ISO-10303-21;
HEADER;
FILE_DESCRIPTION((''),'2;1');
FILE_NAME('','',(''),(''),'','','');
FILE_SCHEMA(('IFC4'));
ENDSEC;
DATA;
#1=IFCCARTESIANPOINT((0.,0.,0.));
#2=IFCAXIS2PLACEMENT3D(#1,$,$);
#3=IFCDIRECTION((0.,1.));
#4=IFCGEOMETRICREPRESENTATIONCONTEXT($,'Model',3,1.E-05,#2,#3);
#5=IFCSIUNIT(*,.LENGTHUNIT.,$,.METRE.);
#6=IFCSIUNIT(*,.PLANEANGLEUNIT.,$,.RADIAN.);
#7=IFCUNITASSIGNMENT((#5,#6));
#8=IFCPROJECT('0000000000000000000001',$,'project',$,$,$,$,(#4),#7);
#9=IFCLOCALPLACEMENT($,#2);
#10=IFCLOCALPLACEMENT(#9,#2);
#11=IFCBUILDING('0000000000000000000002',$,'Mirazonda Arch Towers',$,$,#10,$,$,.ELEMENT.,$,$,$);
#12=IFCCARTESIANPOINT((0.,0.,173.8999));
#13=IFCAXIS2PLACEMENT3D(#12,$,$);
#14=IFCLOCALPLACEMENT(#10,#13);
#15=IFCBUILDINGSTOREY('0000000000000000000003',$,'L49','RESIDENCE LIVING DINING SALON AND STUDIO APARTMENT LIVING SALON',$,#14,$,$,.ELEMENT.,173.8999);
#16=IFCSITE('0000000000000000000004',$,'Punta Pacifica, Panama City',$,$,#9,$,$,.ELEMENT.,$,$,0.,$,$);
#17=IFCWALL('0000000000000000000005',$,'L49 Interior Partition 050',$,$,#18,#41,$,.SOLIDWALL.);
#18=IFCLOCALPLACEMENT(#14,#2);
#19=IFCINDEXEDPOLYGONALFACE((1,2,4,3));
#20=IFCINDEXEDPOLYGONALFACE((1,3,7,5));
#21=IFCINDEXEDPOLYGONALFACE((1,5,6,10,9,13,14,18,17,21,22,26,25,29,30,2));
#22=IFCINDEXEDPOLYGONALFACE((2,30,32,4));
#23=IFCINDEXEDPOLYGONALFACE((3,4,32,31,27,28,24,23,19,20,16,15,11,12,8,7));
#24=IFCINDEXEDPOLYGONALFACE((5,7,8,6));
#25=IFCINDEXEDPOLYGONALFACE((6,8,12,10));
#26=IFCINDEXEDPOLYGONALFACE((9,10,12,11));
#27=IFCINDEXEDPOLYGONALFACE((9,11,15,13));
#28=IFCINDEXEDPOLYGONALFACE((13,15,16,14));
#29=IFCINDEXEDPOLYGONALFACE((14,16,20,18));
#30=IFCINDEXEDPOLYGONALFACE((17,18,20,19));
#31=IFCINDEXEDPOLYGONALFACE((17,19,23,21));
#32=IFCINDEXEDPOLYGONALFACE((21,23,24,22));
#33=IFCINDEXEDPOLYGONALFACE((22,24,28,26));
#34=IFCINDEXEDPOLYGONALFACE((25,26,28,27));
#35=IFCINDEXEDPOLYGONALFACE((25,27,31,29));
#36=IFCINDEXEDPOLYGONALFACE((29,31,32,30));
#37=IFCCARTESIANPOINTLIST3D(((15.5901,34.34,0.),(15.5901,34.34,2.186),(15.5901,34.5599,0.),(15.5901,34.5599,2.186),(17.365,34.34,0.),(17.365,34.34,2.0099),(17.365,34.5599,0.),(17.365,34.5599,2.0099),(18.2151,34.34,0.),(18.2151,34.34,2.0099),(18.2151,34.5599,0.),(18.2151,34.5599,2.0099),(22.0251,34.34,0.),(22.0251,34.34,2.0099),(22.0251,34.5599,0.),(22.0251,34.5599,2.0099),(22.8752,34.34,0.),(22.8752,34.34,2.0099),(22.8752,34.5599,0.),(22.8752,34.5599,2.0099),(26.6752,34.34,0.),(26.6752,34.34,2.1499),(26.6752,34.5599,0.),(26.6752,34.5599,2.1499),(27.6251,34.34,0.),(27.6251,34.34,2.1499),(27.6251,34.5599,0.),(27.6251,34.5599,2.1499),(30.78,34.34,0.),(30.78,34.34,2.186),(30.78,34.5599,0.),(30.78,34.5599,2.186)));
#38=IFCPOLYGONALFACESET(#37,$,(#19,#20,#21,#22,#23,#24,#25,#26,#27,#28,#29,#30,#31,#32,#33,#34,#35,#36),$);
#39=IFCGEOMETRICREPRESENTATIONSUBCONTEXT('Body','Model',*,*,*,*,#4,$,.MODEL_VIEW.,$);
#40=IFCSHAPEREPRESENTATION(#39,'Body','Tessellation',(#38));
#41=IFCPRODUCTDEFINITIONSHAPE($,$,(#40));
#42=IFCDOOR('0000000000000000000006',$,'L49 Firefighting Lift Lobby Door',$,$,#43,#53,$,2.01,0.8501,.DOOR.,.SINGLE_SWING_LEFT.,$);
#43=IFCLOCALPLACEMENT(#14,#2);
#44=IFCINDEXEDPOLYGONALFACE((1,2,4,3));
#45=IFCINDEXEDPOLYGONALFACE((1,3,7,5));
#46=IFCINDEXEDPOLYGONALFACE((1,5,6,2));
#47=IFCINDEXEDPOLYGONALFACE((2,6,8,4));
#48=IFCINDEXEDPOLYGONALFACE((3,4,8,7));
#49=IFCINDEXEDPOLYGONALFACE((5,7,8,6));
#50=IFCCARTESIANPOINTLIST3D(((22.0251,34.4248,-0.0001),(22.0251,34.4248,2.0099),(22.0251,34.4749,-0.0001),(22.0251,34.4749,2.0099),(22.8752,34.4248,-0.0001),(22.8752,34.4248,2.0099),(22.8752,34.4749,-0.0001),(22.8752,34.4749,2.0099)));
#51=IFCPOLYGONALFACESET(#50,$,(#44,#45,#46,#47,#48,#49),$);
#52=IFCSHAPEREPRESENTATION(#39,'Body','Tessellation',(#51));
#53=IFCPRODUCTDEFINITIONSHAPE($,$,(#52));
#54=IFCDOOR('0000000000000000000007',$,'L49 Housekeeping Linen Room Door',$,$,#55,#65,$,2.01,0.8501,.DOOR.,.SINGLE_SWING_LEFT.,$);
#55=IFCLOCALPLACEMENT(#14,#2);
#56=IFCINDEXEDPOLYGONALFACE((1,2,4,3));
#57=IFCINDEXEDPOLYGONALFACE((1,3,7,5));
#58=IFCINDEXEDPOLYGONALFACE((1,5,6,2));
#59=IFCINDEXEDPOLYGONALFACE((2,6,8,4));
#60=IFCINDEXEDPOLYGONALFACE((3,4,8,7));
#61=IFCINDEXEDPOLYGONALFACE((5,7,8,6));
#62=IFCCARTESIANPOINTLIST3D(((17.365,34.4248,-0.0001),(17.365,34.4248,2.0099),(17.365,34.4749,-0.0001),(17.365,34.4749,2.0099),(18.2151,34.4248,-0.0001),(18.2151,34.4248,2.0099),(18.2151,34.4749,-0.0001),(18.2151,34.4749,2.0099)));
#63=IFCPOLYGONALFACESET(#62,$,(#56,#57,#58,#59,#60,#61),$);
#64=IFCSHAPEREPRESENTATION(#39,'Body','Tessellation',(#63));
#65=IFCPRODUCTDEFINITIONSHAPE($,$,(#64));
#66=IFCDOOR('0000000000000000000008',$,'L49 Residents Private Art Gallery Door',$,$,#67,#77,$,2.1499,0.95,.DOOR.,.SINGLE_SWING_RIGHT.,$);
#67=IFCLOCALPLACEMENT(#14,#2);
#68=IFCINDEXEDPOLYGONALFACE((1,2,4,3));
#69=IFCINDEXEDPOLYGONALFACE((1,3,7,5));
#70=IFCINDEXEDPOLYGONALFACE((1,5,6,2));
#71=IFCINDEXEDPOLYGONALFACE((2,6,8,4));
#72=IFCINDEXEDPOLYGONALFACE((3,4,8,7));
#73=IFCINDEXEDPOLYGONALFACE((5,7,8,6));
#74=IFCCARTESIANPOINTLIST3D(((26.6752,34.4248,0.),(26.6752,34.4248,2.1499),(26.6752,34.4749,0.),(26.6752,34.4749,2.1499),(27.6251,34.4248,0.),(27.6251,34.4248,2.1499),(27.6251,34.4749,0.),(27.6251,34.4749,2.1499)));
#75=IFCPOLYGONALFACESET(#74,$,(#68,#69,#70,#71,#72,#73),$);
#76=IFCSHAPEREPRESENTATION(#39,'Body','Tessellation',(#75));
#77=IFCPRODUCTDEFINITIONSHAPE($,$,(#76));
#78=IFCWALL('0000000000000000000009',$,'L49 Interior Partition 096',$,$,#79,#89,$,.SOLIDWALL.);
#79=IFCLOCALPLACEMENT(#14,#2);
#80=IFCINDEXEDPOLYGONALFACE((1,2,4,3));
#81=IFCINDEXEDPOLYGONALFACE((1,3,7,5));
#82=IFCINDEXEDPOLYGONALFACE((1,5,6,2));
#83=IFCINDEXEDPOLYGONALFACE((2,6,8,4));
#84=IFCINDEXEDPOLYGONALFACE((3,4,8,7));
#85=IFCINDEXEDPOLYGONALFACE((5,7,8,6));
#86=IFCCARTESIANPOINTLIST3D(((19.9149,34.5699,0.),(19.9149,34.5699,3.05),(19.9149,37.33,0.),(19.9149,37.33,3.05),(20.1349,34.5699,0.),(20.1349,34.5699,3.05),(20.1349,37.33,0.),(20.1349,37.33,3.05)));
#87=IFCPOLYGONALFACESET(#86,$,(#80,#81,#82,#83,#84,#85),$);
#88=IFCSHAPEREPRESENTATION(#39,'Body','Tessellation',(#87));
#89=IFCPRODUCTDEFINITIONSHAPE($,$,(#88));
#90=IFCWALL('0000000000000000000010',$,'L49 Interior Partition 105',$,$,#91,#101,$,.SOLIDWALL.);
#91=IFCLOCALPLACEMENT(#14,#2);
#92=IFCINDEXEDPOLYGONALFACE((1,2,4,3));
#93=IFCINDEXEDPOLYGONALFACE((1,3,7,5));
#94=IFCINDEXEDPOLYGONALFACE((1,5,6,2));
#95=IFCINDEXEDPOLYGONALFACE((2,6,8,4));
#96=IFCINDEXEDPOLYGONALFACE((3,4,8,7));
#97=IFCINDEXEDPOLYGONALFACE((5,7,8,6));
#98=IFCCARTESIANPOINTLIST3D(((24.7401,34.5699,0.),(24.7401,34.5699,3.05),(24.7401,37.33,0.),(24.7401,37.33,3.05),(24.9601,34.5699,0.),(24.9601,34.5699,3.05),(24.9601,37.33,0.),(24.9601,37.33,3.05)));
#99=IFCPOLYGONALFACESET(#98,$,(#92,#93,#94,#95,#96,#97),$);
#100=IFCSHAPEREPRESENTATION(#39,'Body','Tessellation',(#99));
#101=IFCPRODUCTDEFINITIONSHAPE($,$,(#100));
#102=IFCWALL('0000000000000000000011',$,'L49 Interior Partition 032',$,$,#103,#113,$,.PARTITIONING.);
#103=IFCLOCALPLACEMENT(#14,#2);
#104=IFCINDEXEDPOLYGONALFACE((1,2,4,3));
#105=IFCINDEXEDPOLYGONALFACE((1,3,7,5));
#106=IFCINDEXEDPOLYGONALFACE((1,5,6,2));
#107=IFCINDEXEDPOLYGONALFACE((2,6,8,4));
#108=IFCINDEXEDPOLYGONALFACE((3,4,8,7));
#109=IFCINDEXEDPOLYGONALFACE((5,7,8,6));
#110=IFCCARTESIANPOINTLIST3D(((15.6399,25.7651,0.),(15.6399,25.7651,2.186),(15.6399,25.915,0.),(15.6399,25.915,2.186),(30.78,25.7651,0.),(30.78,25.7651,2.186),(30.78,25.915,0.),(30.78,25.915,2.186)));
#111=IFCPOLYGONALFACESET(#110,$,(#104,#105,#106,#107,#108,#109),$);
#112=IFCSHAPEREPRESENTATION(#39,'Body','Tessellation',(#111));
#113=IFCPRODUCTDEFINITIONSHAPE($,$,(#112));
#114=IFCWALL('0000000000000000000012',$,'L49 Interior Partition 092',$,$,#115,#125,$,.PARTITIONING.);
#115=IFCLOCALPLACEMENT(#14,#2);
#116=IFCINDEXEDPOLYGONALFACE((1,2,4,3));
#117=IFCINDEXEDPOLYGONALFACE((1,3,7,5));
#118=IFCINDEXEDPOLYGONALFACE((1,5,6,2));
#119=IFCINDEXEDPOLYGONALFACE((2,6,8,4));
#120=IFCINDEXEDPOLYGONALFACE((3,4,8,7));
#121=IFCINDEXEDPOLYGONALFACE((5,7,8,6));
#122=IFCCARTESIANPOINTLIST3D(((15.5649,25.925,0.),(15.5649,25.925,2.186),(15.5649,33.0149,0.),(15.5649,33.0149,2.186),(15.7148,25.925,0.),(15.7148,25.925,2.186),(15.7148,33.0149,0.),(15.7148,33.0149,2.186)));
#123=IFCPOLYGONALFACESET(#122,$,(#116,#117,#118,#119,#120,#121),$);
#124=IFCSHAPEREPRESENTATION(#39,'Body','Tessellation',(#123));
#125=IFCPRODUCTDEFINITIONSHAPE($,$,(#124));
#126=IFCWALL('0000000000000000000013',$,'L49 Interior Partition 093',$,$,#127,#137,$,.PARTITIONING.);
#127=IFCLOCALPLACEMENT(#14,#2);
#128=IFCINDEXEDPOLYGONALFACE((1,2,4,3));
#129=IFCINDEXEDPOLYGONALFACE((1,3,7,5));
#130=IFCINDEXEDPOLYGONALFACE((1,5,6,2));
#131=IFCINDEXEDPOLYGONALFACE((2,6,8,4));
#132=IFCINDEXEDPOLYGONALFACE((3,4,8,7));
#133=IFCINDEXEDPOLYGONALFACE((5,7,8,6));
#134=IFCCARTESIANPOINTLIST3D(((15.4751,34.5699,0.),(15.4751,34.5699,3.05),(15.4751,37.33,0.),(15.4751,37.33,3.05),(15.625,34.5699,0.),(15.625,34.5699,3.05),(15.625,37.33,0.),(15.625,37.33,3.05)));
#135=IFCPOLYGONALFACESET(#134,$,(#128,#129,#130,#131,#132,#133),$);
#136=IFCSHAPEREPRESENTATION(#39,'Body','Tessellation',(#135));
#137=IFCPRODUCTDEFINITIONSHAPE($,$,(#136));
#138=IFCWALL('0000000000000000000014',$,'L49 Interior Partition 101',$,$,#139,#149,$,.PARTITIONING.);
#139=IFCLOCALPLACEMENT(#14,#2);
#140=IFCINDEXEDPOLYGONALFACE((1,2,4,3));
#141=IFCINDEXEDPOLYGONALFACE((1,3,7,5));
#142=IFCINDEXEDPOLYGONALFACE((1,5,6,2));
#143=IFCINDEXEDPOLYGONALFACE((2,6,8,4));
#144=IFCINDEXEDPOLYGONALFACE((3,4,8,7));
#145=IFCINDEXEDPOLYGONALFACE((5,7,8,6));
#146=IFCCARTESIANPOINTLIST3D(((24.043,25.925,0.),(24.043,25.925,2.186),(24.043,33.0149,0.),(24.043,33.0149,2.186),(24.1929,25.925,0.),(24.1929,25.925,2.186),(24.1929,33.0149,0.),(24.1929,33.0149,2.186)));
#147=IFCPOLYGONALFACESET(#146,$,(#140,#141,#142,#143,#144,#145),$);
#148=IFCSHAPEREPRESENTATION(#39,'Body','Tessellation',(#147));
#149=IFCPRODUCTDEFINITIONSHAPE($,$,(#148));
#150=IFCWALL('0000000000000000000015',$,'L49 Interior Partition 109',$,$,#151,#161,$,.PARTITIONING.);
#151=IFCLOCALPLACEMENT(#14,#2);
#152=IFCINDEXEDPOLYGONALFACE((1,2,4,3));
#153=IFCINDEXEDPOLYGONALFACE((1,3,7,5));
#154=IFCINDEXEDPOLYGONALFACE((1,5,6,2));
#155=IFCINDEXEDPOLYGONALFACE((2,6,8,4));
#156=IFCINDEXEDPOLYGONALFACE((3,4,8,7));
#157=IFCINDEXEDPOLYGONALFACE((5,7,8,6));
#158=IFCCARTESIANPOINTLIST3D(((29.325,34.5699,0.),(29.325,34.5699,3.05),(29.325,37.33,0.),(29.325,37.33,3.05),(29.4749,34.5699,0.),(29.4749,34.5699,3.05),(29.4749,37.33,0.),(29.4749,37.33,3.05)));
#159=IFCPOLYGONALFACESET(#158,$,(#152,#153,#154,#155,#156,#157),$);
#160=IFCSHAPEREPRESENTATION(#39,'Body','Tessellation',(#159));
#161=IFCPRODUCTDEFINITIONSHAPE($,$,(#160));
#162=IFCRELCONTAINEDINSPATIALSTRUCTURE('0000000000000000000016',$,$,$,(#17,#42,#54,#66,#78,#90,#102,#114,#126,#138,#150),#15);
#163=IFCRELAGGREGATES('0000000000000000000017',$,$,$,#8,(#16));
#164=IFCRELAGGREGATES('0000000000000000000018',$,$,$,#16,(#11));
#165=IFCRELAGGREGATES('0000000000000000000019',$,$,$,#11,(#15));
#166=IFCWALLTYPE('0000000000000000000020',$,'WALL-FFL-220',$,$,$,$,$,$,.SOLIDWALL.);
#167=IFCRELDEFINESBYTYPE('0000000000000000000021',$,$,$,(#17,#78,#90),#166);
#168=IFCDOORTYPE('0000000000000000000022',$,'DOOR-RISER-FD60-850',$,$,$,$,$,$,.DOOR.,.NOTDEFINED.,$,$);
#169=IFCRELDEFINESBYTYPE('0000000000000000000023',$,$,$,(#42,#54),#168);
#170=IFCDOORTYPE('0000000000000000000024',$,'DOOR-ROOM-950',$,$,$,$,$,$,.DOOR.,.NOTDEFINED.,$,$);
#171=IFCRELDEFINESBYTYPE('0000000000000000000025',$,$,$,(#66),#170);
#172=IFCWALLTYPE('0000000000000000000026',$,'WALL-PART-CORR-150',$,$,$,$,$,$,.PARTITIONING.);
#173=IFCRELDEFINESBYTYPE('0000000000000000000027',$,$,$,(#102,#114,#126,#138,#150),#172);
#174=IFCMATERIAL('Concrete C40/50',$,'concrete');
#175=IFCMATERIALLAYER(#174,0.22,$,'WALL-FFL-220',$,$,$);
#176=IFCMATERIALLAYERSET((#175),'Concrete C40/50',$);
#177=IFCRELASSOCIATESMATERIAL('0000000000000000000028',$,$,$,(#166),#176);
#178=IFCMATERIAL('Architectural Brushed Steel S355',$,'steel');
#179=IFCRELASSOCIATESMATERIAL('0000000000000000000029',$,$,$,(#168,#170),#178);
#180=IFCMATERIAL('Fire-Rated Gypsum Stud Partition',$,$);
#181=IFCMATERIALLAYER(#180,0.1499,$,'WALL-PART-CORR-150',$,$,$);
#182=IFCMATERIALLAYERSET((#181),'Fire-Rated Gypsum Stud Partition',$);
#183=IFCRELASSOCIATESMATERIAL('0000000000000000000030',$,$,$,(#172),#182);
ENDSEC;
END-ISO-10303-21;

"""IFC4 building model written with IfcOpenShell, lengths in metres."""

from ifc_helpers import new_model, si_unit, direction, frame, frame_2d, origin, place, context, subcontext, project, spatial, rectangle, extrude, material, layer, layer_set, type_object, element, fill, save


model = new_model("IFC4")

# Units and contexts
model_context = context("Model", 3, precision=1e-05, world=origin(), true_north=direction((0.0, 1.0)))
body_context = subcontext(model_context, "Body", "Model", "MODEL_VIEW")
ifc_project = project(units=[si_unit("LENGTHUNIT", "METRE"), si_unit("PLANEANGLEUNIT", "RADIAN")], contexts=[model_context])

# Site, building, storey
site_placement = place(None, origin())
site = spatial("IfcSite", under=ifc_project, at=site_placement, Name="Punta Pacifica, Panama City", CompositionType="ELEMENT", RefElevation=0.0)
building_placement = place(site_placement, origin())
building = spatial("IfcBuilding", under=site, at=building_placement, Name="Mirazonda Arch Towers", CompositionType="ELEMENT")
storey_placement = place(building_placement, frame((0.0, 0.0, 173.8999)))
storey = spatial("IfcBuildingStorey", under=building, at=storey_placement, Name="L49", Description="RESIDENCE LIVING DINING SALON AND STUDIO APARTMENT LIVING SALON", CompositionType="ELEMENT", Elevation=173.8999)

# Wall, openings, doors
ifc_material_1 = material(Name="Concrete C40/50", Category="concrete")
ifc_layer_1 = layer(ifc_material_1, 0.22, Name="WALL-FFL-220")
ifc_layer_set_1 = layer_set([ifc_layer_1], Name="Concrete C40/50")
wall_type_1 = type_object("IfcWallType", Name="WALL-FFL-220", PredefinedType="SOLIDWALL", material=ifc_layer_set_1)
wall_1_placement = place(storey_placement, frame((15.5901, 34.45, 0.0), z_axis=(0.0, 0.0, 1.0), x_axis=(1.0, 0.0, 0.0)))
wall_1 = element("IfcWall", 1, at=wall_1_placement, inside=storey, type_object=wall_type_1, Name="L49 Interior Partition 050", PredefinedType="SOLIDWALL", context=body_context, shape_type="SweptSolid", body=[
    extrude(rectangle(XDim=15.1899, YDim=0.22, at=frame_2d((7.595, 0.0))), origin(), (0.0, 0.0, 1.0), 2.186),
])
opening_1_placement = place(wall_1_placement, frame((6.4351, 0.0, 0.0)))
opening_1 = element("IfcOpeningElement", 2, at=opening_1_placement, cuts=wall_1, PredefinedType="OPENING", context=body_context, shape_type="SweptSolid", body=[
    extrude(rectangle(XDim=0.8501, YDim=2.01, at=frame_2d((0.425, 1.0049))), frame((0.0, 0.1199, 0.0), z_axis=(0.0, -1.0, 0.0), x_axis=(1.0, 0.0, 0.0)), (0.0, 0.0, 1.0), 0.24),
])
opening_2_placement = place(wall_1_placement, frame((11.085, 0.0, 0.0)))
opening_2 = element("IfcOpeningElement", 3, at=opening_2_placement, cuts=wall_1, PredefinedType="OPENING", context=body_context, shape_type="SweptSolid", body=[
    extrude(rectangle(XDim=0.95, YDim=2.1499, at=frame_2d((0.4751, 1.075))), frame((0.0, 0.1199, 0.0), z_axis=(0.0, -1.0, 0.0), x_axis=(1.0, 0.0, 0.0)), (0.0, 0.0, 1.0), 0.24),
])
opening_3_placement = place(wall_1_placement, frame((1.7749, 0.0, 0.0)))
opening_3 = element("IfcOpeningElement", 4, at=opening_3_placement, cuts=wall_1, PredefinedType="OPENING", context=body_context, shape_type="SweptSolid", body=[
    extrude(rectangle(XDim=0.8501, YDim=2.01, at=frame_2d((0.425, 1.0049))), frame((0.0, 0.1199, 0.0), z_axis=(0.0, -1.0, 0.0), x_axis=(1.0, 0.0, 0.0)), (0.0, 0.0, 1.0), 0.24),
])
ifc_material_2 = material(Name="Architectural Brushed Steel S355", Category="steel")
door_type_1 = type_object("IfcDoorType", Name="DOOR-RISER-FD60-850", OperationType="NOTDEFINED", PredefinedType="DOOR", material=ifc_material_2)
door_1_placement = place(opening_1_placement, origin())
door_1 = element("IfcDoor", 5, at=door_1_placement, inside=storey, type_object=door_type_1, Name="L49 Firefighting Lift Lobby Door", OperationType="SINGLE_SWING_LEFT", OverallHeight=2.01, OverallWidth=0.8501, PredefinedType="DOOR", context=body_context, shape_type="SweptSolid", body=[
    extrude(rectangle(XDim=0.8501, YDim=2.01, at=frame_2d((0.425, 1.0049))), frame((0.0, 0.0249, 0.0), z_axis=(0.0, -1.0, 0.0), x_axis=(1.0, 0.0, 0.0)), (0.0, 0.0, 1.0), 0.05),
])
fill(opening_1, door_1)
door_2_placement = place(opening_3_placement, origin())
door_2 = element("IfcDoor", 6, at=door_2_placement, inside=storey, type_object=door_type_1, Name="L49 Housekeeping Linen Room Door", OperationType="SINGLE_SWING_LEFT", OverallHeight=2.01, OverallWidth=0.8501, PredefinedType="DOOR", context=body_context, shape_type="SweptSolid", body=[
    extrude(rectangle(XDim=0.8501, YDim=2.01, at=frame_2d((0.425, 1.0049))), frame((0.0, 0.0249, 0.0), z_axis=(0.0, -1.0, 0.0), x_axis=(1.0, 0.0, 0.0)), (0.0, 0.0, 1.0), 0.05),
])
fill(opening_3, door_2)
door_type_2 = type_object("IfcDoorType", Name="DOOR-ROOM-950", OperationType="NOTDEFINED", PredefinedType="DOOR", material=ifc_material_2)
door_3_placement = place(opening_2_placement, origin())
door_3 = element("IfcDoor", 7, at=door_3_placement, inside=storey, type_object=door_type_2, Name="L49 Residents Private Art Gallery Door", OperationType="SINGLE_SWING_RIGHT", OverallHeight=2.1499, OverallWidth=0.95, PredefinedType="DOOR", context=body_context, shape_type="SweptSolid", body=[
    extrude(rectangle(XDim=0.95, YDim=2.1499, at=frame_2d((0.4751, 1.075))), frame((0.0, 0.0249, 0.0), z_axis=(0.0, -1.0, 0.0), x_axis=(1.0, 0.0, 0.0)), (0.0, 0.0, 1.0), 0.05),
])
fill(opening_2, door_3)

# Walls
for number, where, z_axis, x_axis, name in (
    (8, (20.0249, 34.5701, 0.0), (0.0, 0.0, 1.0), (0.0, 1.0, 0.0), "L49 Interior Partition 096"),
    (9, (24.8501, 34.5701, 0.0), (0.0, 0.0, 1.0), (0.0, 1.0, 0.0), "L49 Interior Partition 105"),
):
    element("IfcWall", number, at=place(storey_placement, frame(where, z_axis=z_axis, x_axis=x_axis)), inside=storey, type_object=wall_type_1, Name=name, PredefinedType="SOLIDWALL", context=body_context, shape_type="SweptSolid", body=[
        extrude(rectangle(XDim=2.76, YDim=0.22, at=frame_2d((1.3799, 0.0))), origin(), (0.0, 0.0, 1.0), 3.05),
    ])
ifc_material_3 = material(Name="Fire-Rated Gypsum Stud Partition")
ifc_layer_2 = layer(ifc_material_3, 0.1499, Name="WALL-PART-CORR-150")
ifc_layer_set_2 = layer_set([ifc_layer_2], Name="Fire-Rated Gypsum Stud Partition")
wall_type_2 = type_object("IfcWallType", Name="WALL-PART-CORR-150", PredefinedType="PARTITIONING", material=ifc_layer_set_2)
wall_2_placement = place(storey_placement, frame((15.6399, 25.8401, 0.0), z_axis=(0.0, 0.0, 1.0), x_axis=(1.0, 0.0, 0.0)))
element("IfcWall", 10, at=wall_2_placement, inside=storey, type_object=wall_type_2, Name="L49 Interior Partition 032", PredefinedType="PARTITIONING", context=body_context, shape_type="SweptSolid", body=[
    extrude(rectangle(XDim=15.1401, YDim=0.1499, at=frame_2d((7.5701, 0.0))), origin(), (0.0, 0.0, 1.0), 2.186),
])
wall_3_placement = place(storey_placement, frame((15.6399, 25.925, 0.0), z_axis=(0.0, 0.0, 1.0), x_axis=(0.0, 1.0, 0.0)))
element("IfcWall", 11, at=wall_3_placement, inside=storey, type_object=wall_type_2, Name="L49 Interior Partition 092", PredefinedType="PARTITIONING", context=body_context, shape_type="SweptSolid", body=[
    extrude(rectangle(XDim=7.0898, YDim=0.1499, at=frame_2d((3.5449, 0.0))), origin(), (0.0, 0.0, 1.0), 2.186),
])
wall_4_placement = place(storey_placement, frame((15.55, 34.5701, 0.0), z_axis=(0.0, 0.0, 1.0), x_axis=(0.0, 1.0, 0.0)))
element("IfcWall", 12, at=wall_4_placement, inside=storey, type_object=wall_type_2, Name="L49 Interior Partition 093", PredefinedType="PARTITIONING", context=body_context, shape_type="SweptSolid", body=[
    extrude(rectangle(XDim=2.76, YDim=0.1499, at=frame_2d((1.3799, 0.0))), origin(), (0.0, 0.0, 1.0), 3.05),
])
wall_5_placement = place(storey_placement, frame((24.1179, 25.925, 0.0), z_axis=(0.0, 0.0, 1.0), x_axis=(0.0, 1.0, 0.0)))
element("IfcWall", 13, at=wall_5_placement, inside=storey, type_object=wall_type_2, Name="L49 Interior Partition 101", PredefinedType="PARTITIONING", context=body_context, shape_type="SweptSolid", body=[
    extrude(rectangle(XDim=7.0898, YDim=0.1499, at=frame_2d((3.5449, 0.0))), origin(), (0.0, 0.0, 1.0), 2.186),
])
wall_6_placement = place(storey_placement, frame((29.3999, 34.5701, 0.0), z_axis=(0.0, 0.0, 1.0), x_axis=(0.0, 1.0, 0.0)))
element("IfcWall", 14, at=wall_6_placement, inside=storey, type_object=wall_type_2, Name="L49 Interior Partition 109", PredefinedType="PARTITIONING", context=body_context, shape_type="SweptSolid", body=[
    extrude(rectangle(XDim=2.76, YDim=0.1499, at=frame_2d((1.3799, 0.0))), origin(), (0.0, 0.0, 1.0), 3.05),
])

save(model, "model.ifc")
